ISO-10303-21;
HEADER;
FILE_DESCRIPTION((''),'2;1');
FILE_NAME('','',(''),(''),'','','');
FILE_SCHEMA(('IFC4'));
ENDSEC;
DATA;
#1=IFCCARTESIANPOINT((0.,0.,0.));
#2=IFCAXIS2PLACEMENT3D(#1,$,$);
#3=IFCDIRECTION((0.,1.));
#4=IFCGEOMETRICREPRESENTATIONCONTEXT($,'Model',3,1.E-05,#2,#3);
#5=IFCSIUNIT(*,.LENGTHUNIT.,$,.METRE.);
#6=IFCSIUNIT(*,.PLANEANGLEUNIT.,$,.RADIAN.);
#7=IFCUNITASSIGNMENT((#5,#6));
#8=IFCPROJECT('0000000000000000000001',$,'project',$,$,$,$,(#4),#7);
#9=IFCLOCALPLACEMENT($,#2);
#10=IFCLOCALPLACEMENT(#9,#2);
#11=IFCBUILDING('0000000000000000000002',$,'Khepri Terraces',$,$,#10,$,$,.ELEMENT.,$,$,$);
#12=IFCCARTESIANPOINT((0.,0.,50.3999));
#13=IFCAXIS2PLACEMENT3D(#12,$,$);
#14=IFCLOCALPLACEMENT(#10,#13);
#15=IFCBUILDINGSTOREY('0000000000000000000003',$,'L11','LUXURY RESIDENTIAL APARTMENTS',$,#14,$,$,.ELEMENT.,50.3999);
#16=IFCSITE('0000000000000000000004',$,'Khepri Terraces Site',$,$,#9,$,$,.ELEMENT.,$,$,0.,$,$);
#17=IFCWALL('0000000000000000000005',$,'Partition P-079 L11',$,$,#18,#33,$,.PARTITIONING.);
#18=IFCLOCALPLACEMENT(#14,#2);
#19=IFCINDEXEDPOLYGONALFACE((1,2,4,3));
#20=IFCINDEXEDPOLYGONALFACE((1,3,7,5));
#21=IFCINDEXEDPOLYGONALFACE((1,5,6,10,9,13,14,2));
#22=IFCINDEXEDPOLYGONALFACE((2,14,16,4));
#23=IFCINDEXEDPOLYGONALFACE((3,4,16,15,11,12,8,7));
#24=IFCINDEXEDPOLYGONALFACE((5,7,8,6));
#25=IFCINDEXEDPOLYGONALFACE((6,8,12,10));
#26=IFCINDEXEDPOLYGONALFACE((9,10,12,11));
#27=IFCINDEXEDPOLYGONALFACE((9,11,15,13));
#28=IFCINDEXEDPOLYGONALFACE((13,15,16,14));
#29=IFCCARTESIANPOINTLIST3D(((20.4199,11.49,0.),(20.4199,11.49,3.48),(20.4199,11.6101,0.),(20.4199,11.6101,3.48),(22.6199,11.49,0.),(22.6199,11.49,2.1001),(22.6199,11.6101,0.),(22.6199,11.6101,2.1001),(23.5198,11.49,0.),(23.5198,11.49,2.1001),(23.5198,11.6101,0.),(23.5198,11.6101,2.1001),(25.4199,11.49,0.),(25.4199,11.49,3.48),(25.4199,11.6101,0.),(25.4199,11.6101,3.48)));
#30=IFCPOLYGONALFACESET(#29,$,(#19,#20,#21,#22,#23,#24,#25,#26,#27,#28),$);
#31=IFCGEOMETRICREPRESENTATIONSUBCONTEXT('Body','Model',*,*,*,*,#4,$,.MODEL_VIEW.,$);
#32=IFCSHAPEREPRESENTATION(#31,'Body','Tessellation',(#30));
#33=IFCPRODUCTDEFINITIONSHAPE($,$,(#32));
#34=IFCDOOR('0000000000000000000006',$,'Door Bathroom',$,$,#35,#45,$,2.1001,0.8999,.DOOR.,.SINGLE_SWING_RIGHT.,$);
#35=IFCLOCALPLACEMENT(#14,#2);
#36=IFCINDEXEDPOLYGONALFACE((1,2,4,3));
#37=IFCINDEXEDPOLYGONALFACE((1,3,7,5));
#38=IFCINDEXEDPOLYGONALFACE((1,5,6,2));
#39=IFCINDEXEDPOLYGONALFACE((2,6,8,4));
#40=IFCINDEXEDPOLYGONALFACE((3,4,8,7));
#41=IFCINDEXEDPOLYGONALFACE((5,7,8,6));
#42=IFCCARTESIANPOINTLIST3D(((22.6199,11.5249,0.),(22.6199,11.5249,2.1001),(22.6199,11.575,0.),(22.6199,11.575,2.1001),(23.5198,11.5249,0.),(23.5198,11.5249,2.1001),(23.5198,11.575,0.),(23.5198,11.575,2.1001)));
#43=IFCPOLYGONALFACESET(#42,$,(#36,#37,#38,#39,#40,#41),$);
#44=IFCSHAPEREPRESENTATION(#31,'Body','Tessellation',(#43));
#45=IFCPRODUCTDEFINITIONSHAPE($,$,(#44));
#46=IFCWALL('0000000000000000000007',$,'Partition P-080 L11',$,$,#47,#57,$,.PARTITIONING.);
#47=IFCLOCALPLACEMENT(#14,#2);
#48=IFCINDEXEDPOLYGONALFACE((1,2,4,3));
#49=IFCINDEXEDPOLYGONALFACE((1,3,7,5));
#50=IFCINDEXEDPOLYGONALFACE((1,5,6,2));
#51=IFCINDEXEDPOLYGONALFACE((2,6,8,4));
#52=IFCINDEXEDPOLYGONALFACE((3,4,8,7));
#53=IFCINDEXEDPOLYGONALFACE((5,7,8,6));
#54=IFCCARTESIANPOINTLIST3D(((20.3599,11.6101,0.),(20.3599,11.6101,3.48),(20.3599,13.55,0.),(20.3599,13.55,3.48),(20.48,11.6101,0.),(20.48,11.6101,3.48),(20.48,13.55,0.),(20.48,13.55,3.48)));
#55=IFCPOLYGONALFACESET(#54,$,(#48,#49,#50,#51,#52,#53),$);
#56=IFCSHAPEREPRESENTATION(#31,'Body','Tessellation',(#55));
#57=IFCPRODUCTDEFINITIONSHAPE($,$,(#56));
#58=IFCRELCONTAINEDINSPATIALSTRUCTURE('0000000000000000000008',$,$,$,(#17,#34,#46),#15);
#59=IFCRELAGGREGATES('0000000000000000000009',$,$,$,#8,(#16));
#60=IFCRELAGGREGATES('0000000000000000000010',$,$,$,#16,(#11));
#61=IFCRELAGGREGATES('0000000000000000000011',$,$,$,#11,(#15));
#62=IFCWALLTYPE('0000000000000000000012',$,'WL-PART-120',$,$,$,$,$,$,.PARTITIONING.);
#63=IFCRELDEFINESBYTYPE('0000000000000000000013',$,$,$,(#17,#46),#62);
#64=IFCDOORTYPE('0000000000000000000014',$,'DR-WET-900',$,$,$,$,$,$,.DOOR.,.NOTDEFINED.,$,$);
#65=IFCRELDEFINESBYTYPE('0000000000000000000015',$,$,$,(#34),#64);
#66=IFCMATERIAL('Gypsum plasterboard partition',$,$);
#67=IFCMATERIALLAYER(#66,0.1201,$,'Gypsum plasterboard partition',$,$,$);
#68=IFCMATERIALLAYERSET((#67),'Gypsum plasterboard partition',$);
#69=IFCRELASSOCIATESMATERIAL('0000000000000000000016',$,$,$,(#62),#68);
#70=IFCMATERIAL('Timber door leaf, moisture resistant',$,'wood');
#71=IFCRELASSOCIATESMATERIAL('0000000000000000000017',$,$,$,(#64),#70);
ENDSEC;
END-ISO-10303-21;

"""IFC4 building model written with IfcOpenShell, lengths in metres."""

from ifc_helpers import new_model, si_unit, direction, frame, frame_2d, origin, place, context, subcontext, project, spatial, rectangle, extrude, material, layer, layer_set, type_object, element, fill, save


model = new_model("IFC4")

# Units and contexts
model_context = context("Model", 3, precision=1e-05, world=origin(), true_north=direction((0.0, 1.0)))
body_context = subcontext(model_context, "Body", "Model", "MODEL_VIEW")
ifc_project = project(units=[si_unit("LENGTHUNIT", "METRE"), si_unit("PLANEANGLEUNIT", "RADIAN")], contexts=[model_context])

# Site, building, storey
site_placement = place(None, origin())
site = spatial("IfcSite", under=ifc_project, at=site_placement, Name="Khepri Terraces Site", CompositionType="ELEMENT", RefElevation=0.0)
building_placement = place(site_placement, origin())
building = spatial("IfcBuilding", under=site, at=building_placement, Name="Khepri Terraces", CompositionType="ELEMENT")
storey_placement = place(building_placement, frame((0.0, 0.0, 50.3999)))
storey = spatial("IfcBuildingStorey", under=building, at=storey_placement, Name="L11", Description="LUXURY RESIDENTIAL APARTMENTS", CompositionType="ELEMENT", Elevation=50.3999)

# Wall, opening, door
ifc_material_1 = material(Name="Gypsum plasterboard partition")
ifc_layer_1 = layer(ifc_material_1, 0.1201, Name="Gypsum plasterboard partition")
ifc_layer_set_1 = layer_set([ifc_layer_1], Name="Gypsum plasterboard partition")
wall_type_1 = type_object("IfcWallType", Name="WL-PART-120", PredefinedType="PARTITIONING", material=ifc_layer_set_1)
wall_1_placement = place(storey_placement, frame((20.4199, 11.55, 0.0), z_axis=(0.0, 0.0, 1.0), x_axis=(1.0, 0.0, 0.0)))
wall_1 = element("IfcWall", 1, at=wall_1_placement, inside=storey, type_object=wall_type_1, Name="Partition P-079 L11", PredefinedType="PARTITIONING", context=body_context, shape_type="SweptSolid", body=[
    extrude(rectangle(XDim=5.0, YDim=0.1201, at=frame_2d((2.5, 0.0))), origin(), (0.0, 0.0, 1.0), 3.48),
])
opening_1_placement = place(wall_1_placement, frame((2.2, 0.0, 0.0)))
opening_1 = element("IfcOpeningElement", 2, at=opening_1_placement, cuts=wall_1, PredefinedType="OPENING", context=body_context, shape_type="SweptSolid", body=[
    extrude(rectangle(XDim=0.8999, YDim=2.1001, at=frame_2d((0.45, 1.05))), frame((0.0, 0.0701, 0.0), z_axis=(0.0, -1.0, 0.0), x_axis=(1.0, 0.0, 0.0)), (0.0, 0.0, 1.0), 0.1401),
])
ifc_material_2 = material(Name="Timber door leaf, moisture resistant", Category="wood")
door_type_1 = type_object("IfcDoorType", Name="DR-WET-900", OperationType="NOTDEFINED", PredefinedType="DOOR", material=ifc_material_2)
door_1_placement = place(opening_1_placement, origin())
door_1 = element("IfcDoor", 3, at=door_1_placement, inside=storey, type_object=door_type_1, Name="Door Bathroom", OperationType="SINGLE_SWING_RIGHT", OverallHeight=2.1001, OverallWidth=0.8999, PredefinedType="DOOR", context=body_context, shape_type="SweptSolid", body=[
    extrude(rectangle(XDim=0.8999, YDim=2.1001, at=frame_2d((0.45, 1.05))), frame((0.0, 0.0249, 0.0), z_axis=(0.0, -1.0, 0.0), x_axis=(1.0, 0.0, 0.0)), (0.0, 0.0, 1.0), 0.05),
])
fill(opening_1, door_1)

# Wall
wall_2_placement = place(storey_placement, frame((20.4199, 11.6101, 0.0), z_axis=(0.0, 0.0, 1.0), x_axis=(0.0, 1.0, 0.0)))
element("IfcWall", 4, at=wall_2_placement, inside=storey, type_object=wall_type_1, Name="Partition P-080 L11", PredefinedType="PARTITIONING", context=body_context, shape_type="SweptSolid", body=[
    extrude(rectangle(XDim=1.9399, YDim=0.1201, at=frame_2d((0.97, 0.0))), origin(), (0.0, 0.0, 1.0), 3.48),
])

save(model, "model.ifc")
